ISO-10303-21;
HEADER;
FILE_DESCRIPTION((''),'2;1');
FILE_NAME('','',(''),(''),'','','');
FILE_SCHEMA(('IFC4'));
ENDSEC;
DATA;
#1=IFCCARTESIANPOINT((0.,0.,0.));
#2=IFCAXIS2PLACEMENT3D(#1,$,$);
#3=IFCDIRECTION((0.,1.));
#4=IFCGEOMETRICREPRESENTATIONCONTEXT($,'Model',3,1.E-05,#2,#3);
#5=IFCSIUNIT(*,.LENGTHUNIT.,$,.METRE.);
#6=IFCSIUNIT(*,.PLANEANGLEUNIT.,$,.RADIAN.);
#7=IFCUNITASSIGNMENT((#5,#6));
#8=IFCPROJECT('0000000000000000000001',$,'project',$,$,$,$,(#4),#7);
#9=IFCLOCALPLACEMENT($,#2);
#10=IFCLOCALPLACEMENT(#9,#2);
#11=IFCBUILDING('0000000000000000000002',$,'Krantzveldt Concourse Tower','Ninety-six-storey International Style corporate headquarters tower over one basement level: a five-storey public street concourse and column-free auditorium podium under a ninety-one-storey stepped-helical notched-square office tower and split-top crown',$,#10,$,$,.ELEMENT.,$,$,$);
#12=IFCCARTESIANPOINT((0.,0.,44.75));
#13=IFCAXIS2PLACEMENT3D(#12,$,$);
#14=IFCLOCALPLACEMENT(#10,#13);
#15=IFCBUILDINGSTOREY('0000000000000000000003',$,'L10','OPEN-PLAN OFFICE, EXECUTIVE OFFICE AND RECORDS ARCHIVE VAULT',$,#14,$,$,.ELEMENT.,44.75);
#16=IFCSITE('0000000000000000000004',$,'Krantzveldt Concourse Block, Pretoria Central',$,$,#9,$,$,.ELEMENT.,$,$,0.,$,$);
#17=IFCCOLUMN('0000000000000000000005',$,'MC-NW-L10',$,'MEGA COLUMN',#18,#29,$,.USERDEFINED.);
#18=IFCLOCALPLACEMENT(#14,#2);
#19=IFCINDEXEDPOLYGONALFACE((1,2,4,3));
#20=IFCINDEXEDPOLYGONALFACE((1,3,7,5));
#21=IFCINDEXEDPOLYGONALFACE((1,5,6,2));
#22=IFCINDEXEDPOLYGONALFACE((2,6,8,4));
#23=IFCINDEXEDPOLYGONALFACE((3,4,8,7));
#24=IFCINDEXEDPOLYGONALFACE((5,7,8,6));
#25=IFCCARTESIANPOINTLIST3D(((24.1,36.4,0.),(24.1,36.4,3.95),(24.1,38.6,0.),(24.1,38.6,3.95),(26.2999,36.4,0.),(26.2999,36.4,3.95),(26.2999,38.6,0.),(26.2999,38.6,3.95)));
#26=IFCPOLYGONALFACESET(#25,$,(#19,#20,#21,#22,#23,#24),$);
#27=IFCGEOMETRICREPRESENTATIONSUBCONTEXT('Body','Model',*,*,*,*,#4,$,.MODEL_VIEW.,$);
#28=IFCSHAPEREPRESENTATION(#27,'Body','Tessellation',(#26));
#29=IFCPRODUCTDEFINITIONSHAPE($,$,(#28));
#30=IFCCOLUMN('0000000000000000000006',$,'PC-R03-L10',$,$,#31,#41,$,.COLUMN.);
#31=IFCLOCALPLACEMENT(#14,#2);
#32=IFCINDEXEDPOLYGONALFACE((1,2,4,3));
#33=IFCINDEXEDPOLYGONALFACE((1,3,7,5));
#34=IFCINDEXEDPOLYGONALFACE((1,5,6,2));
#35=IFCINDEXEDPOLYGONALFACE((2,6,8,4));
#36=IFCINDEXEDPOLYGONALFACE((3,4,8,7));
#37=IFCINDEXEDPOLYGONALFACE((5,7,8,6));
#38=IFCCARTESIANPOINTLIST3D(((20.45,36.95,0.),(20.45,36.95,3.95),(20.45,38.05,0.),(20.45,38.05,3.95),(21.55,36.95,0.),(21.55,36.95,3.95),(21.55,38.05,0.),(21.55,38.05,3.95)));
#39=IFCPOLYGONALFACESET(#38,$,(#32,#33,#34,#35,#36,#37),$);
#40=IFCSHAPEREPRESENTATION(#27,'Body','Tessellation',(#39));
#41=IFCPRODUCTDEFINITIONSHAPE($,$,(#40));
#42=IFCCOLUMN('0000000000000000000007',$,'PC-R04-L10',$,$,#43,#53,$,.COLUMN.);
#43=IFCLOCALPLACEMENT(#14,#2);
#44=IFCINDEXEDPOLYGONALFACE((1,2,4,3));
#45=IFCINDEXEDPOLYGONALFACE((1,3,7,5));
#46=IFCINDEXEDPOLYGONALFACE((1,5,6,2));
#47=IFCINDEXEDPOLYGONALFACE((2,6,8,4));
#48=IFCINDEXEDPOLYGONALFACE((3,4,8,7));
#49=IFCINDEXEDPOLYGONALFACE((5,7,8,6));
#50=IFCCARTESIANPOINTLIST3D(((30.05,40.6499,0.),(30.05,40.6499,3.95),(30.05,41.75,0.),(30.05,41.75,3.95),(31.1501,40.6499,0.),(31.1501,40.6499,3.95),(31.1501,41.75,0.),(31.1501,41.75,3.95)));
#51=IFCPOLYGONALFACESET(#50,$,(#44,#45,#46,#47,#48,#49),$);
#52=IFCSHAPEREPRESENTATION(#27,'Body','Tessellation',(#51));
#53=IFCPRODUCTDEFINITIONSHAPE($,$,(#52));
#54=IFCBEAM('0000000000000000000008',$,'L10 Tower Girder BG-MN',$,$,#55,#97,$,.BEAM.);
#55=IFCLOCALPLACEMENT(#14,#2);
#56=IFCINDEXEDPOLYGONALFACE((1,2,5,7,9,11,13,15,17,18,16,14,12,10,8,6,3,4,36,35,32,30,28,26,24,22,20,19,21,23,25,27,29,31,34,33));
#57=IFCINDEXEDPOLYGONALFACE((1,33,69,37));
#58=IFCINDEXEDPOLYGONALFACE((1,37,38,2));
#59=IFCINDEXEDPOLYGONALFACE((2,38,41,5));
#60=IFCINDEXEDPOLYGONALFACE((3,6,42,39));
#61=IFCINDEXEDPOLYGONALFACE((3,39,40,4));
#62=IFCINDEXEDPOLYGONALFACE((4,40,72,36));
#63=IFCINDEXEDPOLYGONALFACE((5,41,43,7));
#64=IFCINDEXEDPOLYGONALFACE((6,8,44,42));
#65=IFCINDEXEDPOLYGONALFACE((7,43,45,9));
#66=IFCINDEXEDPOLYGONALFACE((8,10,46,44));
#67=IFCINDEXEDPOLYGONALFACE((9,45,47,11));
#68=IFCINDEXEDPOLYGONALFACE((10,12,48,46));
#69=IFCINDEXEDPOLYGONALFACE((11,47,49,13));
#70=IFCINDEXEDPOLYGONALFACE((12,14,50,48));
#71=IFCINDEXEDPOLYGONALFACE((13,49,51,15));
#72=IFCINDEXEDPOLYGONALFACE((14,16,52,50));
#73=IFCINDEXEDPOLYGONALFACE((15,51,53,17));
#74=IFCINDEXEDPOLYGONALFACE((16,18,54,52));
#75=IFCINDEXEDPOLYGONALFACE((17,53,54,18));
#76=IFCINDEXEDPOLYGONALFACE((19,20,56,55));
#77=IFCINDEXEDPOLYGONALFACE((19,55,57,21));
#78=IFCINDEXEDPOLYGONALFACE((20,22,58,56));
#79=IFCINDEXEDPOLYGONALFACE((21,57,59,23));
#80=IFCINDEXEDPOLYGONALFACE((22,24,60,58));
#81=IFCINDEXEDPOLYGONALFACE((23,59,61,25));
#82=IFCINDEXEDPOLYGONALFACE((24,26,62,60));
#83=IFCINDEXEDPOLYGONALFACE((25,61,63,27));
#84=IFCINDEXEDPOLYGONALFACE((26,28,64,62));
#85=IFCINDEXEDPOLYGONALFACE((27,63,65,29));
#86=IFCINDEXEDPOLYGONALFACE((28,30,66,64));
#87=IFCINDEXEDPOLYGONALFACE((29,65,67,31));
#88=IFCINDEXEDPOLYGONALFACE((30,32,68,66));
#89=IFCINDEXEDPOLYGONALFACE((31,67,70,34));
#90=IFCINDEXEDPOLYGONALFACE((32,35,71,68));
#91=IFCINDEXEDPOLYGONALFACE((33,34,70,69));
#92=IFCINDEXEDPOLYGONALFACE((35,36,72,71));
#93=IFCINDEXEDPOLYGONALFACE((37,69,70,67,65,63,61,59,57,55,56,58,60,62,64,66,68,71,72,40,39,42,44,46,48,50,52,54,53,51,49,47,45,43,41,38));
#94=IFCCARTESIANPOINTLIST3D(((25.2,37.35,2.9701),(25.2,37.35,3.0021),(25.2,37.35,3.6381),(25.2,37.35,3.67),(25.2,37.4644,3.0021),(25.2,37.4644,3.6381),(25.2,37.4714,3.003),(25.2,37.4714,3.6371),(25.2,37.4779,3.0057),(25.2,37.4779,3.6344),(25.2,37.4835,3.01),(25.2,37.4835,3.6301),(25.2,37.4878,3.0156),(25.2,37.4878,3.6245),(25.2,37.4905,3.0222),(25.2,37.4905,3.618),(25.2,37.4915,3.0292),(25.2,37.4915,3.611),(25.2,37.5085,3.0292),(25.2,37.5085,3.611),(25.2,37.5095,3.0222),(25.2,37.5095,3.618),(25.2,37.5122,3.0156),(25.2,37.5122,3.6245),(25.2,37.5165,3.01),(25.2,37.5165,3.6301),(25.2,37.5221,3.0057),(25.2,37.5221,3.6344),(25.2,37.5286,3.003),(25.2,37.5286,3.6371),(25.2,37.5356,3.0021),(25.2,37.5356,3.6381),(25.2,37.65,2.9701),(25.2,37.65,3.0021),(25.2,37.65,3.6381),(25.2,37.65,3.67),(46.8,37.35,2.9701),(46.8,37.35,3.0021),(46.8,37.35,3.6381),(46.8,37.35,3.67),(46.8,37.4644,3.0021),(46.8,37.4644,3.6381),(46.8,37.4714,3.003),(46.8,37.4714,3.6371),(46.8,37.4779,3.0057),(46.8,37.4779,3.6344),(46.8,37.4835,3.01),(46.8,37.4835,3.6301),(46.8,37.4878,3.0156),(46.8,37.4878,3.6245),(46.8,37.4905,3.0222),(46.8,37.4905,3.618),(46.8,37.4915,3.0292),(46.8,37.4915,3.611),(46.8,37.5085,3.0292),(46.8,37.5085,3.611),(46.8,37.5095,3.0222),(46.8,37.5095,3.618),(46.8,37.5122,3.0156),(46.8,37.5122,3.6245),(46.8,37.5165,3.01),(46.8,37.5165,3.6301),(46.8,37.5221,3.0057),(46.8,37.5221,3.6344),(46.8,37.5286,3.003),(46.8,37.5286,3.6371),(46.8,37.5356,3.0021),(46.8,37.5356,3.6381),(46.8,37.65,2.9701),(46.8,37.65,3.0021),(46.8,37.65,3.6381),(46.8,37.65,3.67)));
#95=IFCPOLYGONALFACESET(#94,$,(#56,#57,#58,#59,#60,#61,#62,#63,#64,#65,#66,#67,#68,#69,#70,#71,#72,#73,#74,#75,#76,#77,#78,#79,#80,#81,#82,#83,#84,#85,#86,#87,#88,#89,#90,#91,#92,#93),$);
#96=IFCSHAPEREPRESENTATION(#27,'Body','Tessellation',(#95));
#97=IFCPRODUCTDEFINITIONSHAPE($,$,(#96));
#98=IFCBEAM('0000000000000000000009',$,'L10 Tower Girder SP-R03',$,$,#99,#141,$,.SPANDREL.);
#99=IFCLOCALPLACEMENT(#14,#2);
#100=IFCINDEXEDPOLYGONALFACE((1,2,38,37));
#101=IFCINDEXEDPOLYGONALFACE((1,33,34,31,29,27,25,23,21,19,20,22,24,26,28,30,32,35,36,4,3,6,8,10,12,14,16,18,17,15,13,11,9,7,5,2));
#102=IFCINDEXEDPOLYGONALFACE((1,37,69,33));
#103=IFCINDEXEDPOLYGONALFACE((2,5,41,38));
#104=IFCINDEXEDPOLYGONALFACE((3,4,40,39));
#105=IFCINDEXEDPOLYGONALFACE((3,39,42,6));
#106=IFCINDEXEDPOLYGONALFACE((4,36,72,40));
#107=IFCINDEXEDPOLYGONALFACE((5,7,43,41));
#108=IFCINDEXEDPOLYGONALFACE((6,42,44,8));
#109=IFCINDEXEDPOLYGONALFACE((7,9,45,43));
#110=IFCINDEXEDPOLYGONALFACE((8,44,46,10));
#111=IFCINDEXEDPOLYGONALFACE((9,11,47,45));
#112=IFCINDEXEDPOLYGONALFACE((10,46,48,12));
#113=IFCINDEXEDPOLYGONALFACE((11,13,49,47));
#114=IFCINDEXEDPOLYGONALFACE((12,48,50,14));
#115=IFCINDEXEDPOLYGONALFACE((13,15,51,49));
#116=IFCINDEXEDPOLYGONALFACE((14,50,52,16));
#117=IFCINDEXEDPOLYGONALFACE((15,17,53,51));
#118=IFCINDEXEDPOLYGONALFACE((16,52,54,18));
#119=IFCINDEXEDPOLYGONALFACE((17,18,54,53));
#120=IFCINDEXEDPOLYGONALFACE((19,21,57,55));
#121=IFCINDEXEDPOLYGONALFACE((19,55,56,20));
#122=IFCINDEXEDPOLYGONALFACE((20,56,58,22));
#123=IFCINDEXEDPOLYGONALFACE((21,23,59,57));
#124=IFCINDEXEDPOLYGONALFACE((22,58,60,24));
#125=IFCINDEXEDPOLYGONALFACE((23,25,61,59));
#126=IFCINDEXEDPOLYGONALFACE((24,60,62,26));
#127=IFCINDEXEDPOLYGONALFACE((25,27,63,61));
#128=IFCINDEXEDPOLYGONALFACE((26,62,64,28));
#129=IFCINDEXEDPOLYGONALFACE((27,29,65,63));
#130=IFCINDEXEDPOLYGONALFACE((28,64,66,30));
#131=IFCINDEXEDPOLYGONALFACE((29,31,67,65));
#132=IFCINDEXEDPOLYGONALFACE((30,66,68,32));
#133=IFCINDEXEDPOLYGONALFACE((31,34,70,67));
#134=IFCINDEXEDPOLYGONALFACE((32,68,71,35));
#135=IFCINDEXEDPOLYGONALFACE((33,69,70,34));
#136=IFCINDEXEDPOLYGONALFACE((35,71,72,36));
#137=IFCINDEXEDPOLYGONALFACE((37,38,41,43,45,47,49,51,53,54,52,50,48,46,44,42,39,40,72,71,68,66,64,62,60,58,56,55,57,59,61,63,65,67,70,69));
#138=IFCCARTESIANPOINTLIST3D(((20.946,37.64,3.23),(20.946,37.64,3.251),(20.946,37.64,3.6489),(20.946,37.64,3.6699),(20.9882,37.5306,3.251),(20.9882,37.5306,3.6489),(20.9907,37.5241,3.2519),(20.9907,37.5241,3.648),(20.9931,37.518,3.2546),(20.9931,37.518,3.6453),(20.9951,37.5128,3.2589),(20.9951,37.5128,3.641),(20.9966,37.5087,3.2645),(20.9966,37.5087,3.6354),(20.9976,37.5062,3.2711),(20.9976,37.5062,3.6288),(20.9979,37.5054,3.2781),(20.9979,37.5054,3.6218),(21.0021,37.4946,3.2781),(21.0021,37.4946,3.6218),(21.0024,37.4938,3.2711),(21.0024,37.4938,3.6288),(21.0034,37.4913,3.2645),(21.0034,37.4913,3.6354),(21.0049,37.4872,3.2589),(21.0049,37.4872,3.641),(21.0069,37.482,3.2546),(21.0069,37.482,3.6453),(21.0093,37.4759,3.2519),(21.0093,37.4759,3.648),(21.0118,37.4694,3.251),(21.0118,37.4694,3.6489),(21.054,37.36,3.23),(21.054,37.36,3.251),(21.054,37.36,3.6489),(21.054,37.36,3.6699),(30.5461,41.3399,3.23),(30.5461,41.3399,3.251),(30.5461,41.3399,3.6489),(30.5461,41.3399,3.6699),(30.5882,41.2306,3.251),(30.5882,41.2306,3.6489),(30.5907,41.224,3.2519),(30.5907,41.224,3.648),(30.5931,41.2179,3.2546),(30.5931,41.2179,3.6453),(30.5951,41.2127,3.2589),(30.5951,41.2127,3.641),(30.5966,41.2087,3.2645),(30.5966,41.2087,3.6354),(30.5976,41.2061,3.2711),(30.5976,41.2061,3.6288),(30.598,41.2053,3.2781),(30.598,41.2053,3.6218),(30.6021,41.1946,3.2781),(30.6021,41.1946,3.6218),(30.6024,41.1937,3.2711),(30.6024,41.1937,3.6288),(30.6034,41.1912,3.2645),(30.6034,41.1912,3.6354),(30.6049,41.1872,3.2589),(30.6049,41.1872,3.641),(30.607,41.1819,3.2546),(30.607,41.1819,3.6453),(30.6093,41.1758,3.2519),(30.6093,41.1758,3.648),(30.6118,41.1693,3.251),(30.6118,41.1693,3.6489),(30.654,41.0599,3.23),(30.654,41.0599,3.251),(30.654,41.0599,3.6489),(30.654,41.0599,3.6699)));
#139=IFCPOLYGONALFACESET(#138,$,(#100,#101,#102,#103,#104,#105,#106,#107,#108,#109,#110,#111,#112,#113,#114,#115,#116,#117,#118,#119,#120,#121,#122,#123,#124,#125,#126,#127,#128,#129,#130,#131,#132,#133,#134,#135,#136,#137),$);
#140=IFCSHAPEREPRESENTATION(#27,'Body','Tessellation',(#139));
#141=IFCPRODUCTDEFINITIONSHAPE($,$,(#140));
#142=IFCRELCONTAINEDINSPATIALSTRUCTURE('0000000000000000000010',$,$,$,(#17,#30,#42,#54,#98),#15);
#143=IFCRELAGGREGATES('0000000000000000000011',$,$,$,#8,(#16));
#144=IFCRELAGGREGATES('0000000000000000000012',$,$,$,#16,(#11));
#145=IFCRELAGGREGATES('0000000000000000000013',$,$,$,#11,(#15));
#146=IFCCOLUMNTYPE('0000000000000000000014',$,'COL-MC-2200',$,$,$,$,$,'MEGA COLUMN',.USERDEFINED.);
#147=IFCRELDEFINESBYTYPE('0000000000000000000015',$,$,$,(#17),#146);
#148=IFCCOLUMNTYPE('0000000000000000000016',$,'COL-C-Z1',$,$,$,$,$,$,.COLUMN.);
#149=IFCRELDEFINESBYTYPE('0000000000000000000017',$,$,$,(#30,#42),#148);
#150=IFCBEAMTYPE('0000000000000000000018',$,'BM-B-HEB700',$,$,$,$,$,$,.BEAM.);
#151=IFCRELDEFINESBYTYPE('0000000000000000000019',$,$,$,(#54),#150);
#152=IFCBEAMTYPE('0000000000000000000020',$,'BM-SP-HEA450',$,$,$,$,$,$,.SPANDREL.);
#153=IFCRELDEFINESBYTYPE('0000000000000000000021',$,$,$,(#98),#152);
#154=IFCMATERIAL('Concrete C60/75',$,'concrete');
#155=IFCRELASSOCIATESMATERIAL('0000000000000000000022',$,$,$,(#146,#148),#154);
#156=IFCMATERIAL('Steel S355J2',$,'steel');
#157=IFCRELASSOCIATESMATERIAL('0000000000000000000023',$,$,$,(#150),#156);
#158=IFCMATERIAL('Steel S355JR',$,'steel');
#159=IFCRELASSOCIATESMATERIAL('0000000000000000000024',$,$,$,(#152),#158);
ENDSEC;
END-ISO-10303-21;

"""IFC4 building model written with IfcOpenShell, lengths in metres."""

from ifc_helpers import new_model, si_unit, direction, frame, origin, origin_2d, place, context, subcontext, project, spatial, rectangle, i_section, extrude, source, transform, mapped, material, material_profile, profile_set, type_object, type_shapes, element, save


model = new_model("IFC4")

# Units and contexts
model_context = context("Model", 3, precision=1e-05, world=origin(), true_north=direction((0.0, 1.0)))
body_context = subcontext(model_context, "Body", "Model", "MODEL_VIEW")
ifc_project = project(units=[si_unit("LENGTHUNIT", "METRE"), si_unit("PLANEANGLEUNIT", "RADIAN")], contexts=[model_context])

# Site, building, storey
site_placement = place(None, origin())
site = spatial("IfcSite", under=ifc_project, at=site_placement, Name="Krantzveldt Concourse Block, Pretoria Central", CompositionType="ELEMENT", RefElevation=0.0)
building_placement = place(site_placement, origin())
building = spatial("IfcBuilding", under=site, at=building_placement, Name="Krantzveldt Concourse Tower", Description="Ninety-six-storey International Style corporate headquarters tower over one basement level: a five-storey public street concourse and column-free auditorium podium under a ninety-one-storey stepped-helical notched-square office tower and split-top crown", CompositionType="ELEMENT")
storey_placement = place(building_placement, frame((0.0, 0.0, 44.75)))
storey = spatial("IfcBuildingStorey", under=building, at=storey_placement, Name="L10", Description="OPEN-PLAN OFFICE, EXECUTIVE OFFICE AND RECORDS ARCHIVE VAULT", CompositionType="ELEMENT", Elevation=44.75)

# Columns
ifc_material_1 = material(Name="Concrete C60/75", Category="concrete")
ifc_material_profile_1 = material_profile(ifc_material_1, rectangle(XDim=2.2, YDim=2.2, at=origin_2d()), Name="Concrete C60/75", Category="concrete")
ifc_profile_set_1 = profile_set([ifc_material_profile_1], Name="Concrete C60/75 - RC 2200x2200")
column_type_1 = type_object("IfcColumnType", Name="COL-MC-2200", ElementType="MEGA COLUMN", PredefinedType="USERDEFINED", material=ifc_profile_set_1)
shared_shape_1 = source(origin(), body_context, "Body", "SweptSolid", [
    extrude(rectangle(XDim=2.2, YDim=2.2, at=origin_2d()), origin(), (0.0, 0.0, 1.0), 3.95),
])
type_shapes(column_type_1, [shared_shape_1])
column_placement = place(storey_placement, frame((25.2, 37.5, 0.0), z_axis=(0.0, 0.0, 1.0), x_axis=(1.0, 0.0, 0.0)))
element("IfcColumn", 1, at=column_placement, inside=storey, type_object=column_type_1, Name="MC-NW-L10", ObjectType="MEGA COLUMN", PredefinedType="USERDEFINED", context=body_context, shape_type="MappedRepresentation", body=[
    mapped(shared_shape_1, transform((0.0, 0.0, 0.0), x_axis=(1.0, 0.0, 0.0), y_axis=(0.0, 1.0, 0.0), z_axis=(0.0, 0.0, 1.0), scale=1.0)),
])
ifc_material_profile_2 = material_profile(ifc_material_1, rectangle(XDim=1.1001, YDim=1.1001, at=origin_2d()), Name="Concrete C60/75", Category="concrete")
ifc_profile_set_2 = profile_set([ifc_material_profile_2], Name="Concrete C60/75 - RC 1100x1100")
column_type_2 = type_object("IfcColumnType", Name="COL-C-Z1", PredefinedType="COLUMN", material=ifc_profile_set_2)
shared_shape_2 = source(origin(), body_context, "Body", "SweptSolid", [
    extrude(rectangle(XDim=1.1001, YDim=1.1001, at=origin_2d()), origin(), (0.0, 0.0, 1.0), 3.95),
])
type_shapes(column_type_2, [shared_shape_2])
for number, where, z_axis, x_axis, name in (
    (2, (21.0, 37.5, 0.0), (0.0, 0.0, 1.0), (1.0, 0.0, 0.0), "PC-R03-L10"),
    (3, (30.6001, 41.2, 0.0), (0.0, 0.0, 1.0), (1.0, 0.0, 0.0), "PC-R04-L10"),
):
    element("IfcColumn", number, at=place(storey_placement, frame(where, z_axis=z_axis, x_axis=x_axis)), inside=storey, type_object=column_type_2, Name=name, PredefinedType="COLUMN", context=body_context, shape_type="MappedRepresentation", body=[
        mapped(shared_shape_2, transform((0.0, 0.0, 0.0), x_axis=(1.0, 0.0, 0.0), y_axis=(0.0, 1.0, 0.0), z_axis=(0.0, 0.0, 1.0), scale=1.0)),
    ])

# Beams
ifc_material_2 = material(Name="Steel S355J2", Category="steel")
ifc_material_profile_3 = material_profile(ifc_material_2, i_section(OverallWidth=0.3, OverallDepth=0.7, WebThickness=0.0171, FlangeThickness=0.032, FilletRadius=0.0271, at=origin_2d()), Name="Steel S355J2", Category="steel")
ifc_profile_set_3 = profile_set([ifc_material_profile_3], Name="Steel S355J2 - HEB 700")
beam_type_1 = type_object("IfcBeamType", Name="BM-B-HEB700", PredefinedType="BEAM", material=ifc_profile_set_3)
shared_shape_3 = source(origin(), body_context, "Body", "SweptSolid", [
    extrude(i_section(OverallWidth=0.3, OverallDepth=0.7, WebThickness=0.0171, FlangeThickness=0.032, FilletRadius=0.0271, at=origin_2d()), origin(), (0.0, 0.0, 1.0), 21.6001),
])
type_shapes(beam_type_1, [shared_shape_3])
beam_1_placement = place(storey_placement, frame((25.2, 37.5, 3.3201), z_axis=(1.0, 0.0, 0.0), x_axis=(0.0, 1.0, 0.0)))
element("IfcBeam", 4, at=beam_1_placement, inside=storey, type_object=beam_type_1, Name="L10 Tower Girder BG-MN", PredefinedType="BEAM", context=body_context, shape_type="MappedRepresentation", body=[
    mapped(shared_shape_3, transform((0.0, 0.0, 0.0), x_axis=(1.0, 0.0, 0.0), y_axis=(0.0, 1.0, 0.0), z_axis=(0.0, 0.0, 1.0), scale=1.0)),
])
ifc_material_3 = material(Name="Steel S355JR", Category="steel")
ifc_material_profile_4 = material_profile(ifc_material_3, i_section(OverallWidth=0.3, OverallDepth=0.4399, WebThickness=0.0115, FlangeThickness=0.021, FilletRadius=0.0271, at=origin_2d()), Name="Steel S355JR", Category="steel")
ifc_profile_set_4 = profile_set([ifc_material_profile_4], Name="Steel S355JR - HEA 450")
beam_type_2 = type_object("IfcBeamType", Name="BM-SP-HEA450", PredefinedType="SPANDREL", material=ifc_profile_set_4)
shared_shape_4 = source(origin(), body_context, "Body", "SweptSolid", [
    extrude(i_section(OverallWidth=0.3, OverallDepth=0.4399, WebThickness=0.0115, FlangeThickness=0.021, FilletRadius=0.0271, at=origin_2d()), origin(), (0.0, 0.0, 1.0), 10.2883),
])
beam_2_placement = place(storey_placement, frame((21.0, 37.5, 3.45), z_axis=(0.933098, 0.359623, 0.0), x_axis=(-0.359623, 0.933098, 0.0)))
element("IfcBeam", 5, at=beam_2_placement, inside=storey, type_object=beam_type_2, Name="L10 Tower Girder SP-R03", PredefinedType="SPANDREL", context=body_context, shape_type="MappedRepresentation", body=[
    mapped(shared_shape_4, transform((0.0, 0.0, 0.0), x_axis=(1.0, 0.0, 0.0), y_axis=(0.0, 1.0, 0.0), z_axis=(0.0, 0.0, 1.0), scale=1.0)),
])

save(model, "model.ifc")
